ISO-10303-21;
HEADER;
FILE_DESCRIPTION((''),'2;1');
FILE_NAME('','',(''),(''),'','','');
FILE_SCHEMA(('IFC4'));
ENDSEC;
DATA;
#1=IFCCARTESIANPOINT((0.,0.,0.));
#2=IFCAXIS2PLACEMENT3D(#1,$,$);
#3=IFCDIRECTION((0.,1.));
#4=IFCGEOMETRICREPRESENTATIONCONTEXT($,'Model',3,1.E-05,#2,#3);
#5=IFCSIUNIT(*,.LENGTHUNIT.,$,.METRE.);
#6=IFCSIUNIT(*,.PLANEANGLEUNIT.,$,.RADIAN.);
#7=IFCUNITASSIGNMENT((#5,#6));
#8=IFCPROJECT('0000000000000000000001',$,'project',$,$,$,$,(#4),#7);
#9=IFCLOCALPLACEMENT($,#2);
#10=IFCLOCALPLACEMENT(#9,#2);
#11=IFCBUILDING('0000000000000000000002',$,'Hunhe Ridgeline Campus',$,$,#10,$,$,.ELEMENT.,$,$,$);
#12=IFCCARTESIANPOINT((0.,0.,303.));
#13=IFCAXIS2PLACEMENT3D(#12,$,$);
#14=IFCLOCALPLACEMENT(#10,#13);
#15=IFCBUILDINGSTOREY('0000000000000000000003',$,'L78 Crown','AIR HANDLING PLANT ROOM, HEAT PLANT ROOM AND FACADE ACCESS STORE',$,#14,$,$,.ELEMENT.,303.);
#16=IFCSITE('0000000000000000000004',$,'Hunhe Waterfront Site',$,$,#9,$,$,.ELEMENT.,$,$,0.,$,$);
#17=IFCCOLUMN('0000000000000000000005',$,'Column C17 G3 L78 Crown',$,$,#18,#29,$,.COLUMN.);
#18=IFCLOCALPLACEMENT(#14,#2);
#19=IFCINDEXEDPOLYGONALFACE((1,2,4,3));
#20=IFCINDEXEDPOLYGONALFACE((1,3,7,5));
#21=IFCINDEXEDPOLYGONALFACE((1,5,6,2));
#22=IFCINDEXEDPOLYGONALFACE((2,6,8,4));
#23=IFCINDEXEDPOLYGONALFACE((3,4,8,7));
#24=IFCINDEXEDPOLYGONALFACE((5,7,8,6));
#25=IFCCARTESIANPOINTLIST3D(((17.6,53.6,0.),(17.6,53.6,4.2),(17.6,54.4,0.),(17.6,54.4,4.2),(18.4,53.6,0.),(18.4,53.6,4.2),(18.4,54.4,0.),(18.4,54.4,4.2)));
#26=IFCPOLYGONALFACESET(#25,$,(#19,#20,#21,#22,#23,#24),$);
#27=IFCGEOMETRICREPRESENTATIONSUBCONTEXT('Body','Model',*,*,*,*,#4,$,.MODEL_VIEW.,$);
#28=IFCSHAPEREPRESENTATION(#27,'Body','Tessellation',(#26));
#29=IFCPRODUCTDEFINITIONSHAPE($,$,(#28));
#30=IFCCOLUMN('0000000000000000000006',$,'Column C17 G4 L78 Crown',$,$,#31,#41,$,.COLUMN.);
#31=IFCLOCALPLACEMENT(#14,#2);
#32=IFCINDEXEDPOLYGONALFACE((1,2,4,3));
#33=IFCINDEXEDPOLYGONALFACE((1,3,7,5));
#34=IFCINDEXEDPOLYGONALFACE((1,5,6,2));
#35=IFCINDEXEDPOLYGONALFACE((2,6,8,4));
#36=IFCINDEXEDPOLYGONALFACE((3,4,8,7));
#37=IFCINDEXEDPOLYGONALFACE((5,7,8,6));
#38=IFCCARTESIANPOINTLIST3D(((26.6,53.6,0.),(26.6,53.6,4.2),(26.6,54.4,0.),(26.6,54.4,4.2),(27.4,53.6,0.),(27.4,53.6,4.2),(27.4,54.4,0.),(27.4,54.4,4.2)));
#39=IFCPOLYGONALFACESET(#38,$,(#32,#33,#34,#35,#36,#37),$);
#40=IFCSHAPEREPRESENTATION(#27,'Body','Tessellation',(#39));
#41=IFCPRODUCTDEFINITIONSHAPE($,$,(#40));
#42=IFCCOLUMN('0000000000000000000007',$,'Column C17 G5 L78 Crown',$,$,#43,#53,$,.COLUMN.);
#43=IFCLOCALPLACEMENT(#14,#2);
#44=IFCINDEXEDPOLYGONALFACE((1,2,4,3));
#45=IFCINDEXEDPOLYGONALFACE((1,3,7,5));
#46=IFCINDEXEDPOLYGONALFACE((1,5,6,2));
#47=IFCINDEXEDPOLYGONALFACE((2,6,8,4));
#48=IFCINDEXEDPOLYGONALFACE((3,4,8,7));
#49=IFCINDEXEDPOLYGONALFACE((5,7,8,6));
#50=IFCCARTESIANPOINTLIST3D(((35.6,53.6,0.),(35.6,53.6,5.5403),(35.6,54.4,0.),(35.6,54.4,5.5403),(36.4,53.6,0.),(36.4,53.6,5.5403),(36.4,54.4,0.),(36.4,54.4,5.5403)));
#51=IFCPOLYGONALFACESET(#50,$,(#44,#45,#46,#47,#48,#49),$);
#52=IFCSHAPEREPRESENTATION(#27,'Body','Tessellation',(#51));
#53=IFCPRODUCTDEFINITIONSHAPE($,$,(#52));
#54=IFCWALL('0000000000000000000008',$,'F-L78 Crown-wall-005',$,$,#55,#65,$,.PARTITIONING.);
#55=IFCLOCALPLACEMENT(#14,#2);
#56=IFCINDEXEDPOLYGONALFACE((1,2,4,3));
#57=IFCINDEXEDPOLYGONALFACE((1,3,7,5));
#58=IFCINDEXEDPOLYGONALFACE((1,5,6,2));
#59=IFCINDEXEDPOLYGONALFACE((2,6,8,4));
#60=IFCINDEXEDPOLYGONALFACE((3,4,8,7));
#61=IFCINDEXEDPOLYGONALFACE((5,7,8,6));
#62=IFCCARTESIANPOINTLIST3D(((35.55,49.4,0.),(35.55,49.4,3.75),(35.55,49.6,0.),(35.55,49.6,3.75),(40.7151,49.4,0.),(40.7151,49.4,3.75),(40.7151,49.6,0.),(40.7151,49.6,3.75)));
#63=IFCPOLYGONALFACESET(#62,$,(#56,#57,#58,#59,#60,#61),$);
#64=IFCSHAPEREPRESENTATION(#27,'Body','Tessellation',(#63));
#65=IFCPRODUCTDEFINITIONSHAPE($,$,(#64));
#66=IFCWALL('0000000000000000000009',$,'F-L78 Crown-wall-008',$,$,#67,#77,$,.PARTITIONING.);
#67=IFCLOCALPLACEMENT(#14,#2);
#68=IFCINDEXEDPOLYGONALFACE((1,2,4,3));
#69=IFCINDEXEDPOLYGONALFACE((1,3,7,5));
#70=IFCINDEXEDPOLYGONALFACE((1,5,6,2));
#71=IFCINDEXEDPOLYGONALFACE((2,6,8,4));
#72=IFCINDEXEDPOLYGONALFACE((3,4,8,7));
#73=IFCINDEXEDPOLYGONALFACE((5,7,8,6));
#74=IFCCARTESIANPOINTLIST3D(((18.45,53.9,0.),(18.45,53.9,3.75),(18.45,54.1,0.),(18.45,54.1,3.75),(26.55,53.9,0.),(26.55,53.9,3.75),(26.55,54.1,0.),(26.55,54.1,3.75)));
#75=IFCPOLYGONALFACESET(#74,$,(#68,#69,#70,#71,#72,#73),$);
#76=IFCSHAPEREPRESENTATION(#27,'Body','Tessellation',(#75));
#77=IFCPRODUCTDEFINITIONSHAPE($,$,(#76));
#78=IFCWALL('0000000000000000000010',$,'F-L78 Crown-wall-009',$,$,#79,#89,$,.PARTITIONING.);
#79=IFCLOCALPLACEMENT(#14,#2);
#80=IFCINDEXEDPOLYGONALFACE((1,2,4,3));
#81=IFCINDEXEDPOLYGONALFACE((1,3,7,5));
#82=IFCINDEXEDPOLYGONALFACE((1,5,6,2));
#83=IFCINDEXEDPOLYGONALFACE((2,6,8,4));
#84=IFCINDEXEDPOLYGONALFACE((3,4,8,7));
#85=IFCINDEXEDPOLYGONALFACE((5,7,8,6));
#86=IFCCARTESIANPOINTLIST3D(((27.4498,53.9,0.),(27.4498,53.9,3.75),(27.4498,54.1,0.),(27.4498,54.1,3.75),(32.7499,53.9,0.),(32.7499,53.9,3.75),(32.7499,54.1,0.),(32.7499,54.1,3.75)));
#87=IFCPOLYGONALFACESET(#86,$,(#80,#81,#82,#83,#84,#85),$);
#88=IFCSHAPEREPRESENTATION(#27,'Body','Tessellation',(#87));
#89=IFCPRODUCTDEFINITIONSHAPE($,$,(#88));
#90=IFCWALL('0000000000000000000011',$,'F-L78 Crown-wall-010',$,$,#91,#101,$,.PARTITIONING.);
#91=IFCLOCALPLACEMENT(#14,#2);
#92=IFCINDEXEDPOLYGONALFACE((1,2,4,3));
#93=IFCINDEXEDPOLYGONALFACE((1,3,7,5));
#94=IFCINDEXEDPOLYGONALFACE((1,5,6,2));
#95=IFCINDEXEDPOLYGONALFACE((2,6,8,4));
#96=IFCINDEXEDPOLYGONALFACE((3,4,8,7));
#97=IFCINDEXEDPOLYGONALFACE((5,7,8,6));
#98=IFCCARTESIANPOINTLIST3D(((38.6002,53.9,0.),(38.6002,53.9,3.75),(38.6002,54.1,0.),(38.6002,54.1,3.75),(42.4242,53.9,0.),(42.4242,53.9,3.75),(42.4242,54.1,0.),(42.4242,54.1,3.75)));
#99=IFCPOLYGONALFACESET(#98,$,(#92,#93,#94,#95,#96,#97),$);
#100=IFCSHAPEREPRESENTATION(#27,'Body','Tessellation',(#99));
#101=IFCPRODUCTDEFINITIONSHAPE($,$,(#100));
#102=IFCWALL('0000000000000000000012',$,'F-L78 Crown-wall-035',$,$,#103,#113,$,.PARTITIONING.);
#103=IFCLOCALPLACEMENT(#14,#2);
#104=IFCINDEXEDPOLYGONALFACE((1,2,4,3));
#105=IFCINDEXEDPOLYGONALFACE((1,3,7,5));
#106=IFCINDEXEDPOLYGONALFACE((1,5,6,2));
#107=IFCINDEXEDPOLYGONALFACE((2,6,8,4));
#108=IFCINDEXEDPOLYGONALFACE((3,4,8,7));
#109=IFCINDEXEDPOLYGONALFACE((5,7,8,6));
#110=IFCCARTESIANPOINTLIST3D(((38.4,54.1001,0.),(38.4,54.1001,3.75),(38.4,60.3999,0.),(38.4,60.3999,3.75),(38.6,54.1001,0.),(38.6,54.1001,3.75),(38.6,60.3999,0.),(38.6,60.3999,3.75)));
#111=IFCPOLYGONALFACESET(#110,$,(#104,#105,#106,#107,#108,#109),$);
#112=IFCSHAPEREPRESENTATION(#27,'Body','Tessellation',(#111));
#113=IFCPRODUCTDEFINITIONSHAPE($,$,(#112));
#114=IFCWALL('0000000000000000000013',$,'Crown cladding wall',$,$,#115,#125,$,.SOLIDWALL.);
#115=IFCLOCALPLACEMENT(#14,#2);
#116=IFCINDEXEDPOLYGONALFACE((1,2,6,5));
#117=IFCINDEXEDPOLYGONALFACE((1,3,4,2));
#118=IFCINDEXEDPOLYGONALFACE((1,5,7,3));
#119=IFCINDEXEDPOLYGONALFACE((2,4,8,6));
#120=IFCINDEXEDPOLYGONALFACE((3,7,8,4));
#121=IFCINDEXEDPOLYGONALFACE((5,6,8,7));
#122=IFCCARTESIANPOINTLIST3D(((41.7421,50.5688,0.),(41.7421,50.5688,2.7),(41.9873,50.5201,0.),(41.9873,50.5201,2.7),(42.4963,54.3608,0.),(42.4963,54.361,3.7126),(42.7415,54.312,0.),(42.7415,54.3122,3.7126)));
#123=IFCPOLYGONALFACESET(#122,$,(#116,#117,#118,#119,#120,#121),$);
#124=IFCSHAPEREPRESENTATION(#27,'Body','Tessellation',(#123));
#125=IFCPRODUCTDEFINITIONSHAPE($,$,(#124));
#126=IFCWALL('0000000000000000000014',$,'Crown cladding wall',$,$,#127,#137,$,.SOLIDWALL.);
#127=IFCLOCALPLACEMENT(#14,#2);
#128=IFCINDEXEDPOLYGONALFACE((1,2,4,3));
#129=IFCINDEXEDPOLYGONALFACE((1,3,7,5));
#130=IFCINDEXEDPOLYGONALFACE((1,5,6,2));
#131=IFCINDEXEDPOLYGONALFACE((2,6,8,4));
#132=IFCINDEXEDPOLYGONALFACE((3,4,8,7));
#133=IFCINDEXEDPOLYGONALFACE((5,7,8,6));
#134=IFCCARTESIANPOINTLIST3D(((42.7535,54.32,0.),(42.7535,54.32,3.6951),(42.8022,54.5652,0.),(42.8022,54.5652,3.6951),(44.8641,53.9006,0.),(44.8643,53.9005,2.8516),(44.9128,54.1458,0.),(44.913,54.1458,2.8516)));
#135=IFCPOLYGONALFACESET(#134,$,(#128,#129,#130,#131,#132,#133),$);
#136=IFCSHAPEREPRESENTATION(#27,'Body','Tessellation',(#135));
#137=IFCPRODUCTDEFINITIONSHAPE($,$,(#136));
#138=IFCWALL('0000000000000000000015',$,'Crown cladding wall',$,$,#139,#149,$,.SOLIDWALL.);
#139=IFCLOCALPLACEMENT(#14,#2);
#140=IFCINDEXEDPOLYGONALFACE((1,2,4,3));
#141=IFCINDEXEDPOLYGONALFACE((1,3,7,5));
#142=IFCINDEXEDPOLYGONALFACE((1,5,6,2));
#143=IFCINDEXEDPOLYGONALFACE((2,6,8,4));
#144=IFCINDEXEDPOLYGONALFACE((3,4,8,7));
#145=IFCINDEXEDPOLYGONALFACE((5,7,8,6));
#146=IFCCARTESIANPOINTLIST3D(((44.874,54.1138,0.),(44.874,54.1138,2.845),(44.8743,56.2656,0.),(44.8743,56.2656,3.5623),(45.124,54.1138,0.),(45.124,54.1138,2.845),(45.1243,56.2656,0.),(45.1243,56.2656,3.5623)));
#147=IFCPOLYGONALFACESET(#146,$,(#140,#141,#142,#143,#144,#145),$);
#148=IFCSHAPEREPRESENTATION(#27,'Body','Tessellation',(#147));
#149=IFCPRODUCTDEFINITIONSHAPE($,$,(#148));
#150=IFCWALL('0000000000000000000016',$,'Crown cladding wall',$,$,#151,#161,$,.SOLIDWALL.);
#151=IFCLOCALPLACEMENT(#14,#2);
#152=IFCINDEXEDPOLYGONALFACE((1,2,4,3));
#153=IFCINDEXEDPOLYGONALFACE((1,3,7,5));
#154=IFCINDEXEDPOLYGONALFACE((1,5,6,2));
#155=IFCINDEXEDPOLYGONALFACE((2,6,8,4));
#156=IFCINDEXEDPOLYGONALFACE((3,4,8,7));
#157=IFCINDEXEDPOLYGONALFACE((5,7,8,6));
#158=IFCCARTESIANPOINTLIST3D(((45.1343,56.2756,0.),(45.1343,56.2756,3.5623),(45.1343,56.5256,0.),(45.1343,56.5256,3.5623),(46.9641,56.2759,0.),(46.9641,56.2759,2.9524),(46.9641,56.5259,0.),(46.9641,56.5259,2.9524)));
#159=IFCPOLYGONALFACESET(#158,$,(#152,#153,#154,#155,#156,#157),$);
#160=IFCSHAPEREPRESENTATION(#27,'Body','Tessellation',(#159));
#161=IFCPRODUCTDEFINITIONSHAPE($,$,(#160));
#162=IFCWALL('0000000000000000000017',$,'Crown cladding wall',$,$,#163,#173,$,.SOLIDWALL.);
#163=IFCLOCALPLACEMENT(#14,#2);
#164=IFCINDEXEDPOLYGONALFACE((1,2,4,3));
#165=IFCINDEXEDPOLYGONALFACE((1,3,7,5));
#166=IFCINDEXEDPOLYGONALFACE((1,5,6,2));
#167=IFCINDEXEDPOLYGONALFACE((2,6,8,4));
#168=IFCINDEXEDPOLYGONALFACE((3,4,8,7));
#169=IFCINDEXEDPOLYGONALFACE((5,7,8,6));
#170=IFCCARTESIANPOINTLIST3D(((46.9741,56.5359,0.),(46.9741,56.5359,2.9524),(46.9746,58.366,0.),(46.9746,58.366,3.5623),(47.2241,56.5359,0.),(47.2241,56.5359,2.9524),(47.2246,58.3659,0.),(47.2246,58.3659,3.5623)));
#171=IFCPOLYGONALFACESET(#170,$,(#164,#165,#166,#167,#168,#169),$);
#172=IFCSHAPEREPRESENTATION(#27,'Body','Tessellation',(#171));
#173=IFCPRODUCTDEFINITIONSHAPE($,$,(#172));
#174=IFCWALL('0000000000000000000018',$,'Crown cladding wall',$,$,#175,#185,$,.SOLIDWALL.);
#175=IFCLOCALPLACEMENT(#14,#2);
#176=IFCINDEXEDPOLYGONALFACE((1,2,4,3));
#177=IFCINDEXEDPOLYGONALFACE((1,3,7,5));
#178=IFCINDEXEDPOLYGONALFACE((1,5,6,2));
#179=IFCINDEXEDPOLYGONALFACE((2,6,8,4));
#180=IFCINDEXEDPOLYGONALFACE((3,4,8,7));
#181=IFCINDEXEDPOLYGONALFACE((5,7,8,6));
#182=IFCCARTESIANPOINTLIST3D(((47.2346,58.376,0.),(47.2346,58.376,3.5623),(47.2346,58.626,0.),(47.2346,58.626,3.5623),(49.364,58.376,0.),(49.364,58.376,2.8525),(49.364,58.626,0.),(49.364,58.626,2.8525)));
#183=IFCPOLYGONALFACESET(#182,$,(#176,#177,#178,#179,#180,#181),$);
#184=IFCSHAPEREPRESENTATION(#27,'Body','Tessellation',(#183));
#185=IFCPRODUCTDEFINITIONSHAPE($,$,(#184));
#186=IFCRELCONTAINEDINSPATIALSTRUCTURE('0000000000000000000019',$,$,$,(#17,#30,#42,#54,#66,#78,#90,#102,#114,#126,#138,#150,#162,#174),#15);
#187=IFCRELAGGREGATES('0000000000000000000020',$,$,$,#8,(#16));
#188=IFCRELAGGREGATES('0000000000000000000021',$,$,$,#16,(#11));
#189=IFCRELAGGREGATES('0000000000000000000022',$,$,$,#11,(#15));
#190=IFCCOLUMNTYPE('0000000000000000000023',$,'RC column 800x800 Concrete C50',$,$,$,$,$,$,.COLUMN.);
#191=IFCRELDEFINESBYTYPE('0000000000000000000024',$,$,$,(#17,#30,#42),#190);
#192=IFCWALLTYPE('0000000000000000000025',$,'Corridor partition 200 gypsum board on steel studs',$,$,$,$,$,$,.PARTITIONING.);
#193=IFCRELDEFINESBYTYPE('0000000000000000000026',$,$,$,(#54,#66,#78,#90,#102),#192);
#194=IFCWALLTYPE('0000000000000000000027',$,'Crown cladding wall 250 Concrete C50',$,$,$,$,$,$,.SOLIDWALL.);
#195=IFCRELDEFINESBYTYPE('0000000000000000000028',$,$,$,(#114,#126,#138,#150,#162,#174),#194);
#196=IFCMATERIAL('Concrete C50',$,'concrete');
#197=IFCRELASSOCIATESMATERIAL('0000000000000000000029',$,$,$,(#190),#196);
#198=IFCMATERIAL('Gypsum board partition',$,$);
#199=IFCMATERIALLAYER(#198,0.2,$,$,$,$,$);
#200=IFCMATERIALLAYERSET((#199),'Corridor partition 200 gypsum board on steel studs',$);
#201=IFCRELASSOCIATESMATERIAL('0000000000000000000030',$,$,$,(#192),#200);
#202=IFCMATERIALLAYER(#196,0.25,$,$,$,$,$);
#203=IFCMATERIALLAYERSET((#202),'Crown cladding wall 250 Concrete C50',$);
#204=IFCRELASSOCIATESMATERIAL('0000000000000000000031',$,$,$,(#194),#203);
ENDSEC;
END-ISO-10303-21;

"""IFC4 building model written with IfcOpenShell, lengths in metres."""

from ifc_helpers import new_model, si_unit, direction, frame, frame_2d, origin, origin_2d, place, context, subcontext, project, spatial, polyline, rectangle, outline, extrude, material, layer, layer_set, material_profile, profile_set, type_object, element, save


model = new_model("IFC4")

# Units and contexts
model_context = context("Model", 3, precision=1e-05, world=origin(), true_north=direction((0.0, 1.0)))
body_context = subcontext(model_context, "Body", "Model", "MODEL_VIEW")
ifc_project = project(units=[si_unit("LENGTHUNIT", "METRE"), si_unit("PLANEANGLEUNIT", "RADIAN")], contexts=[model_context])

# Site, building, storey
site_placement = place(None, origin())
site = spatial("IfcSite", under=ifc_project, at=site_placement, Name="Hunhe Waterfront Site", CompositionType="ELEMENT", RefElevation=0.0)
building_placement = place(site_placement, origin())
building = spatial("IfcBuilding", under=site, at=building_placement, Name="Hunhe Ridgeline Campus", CompositionType="ELEMENT")
storey_placement = place(building_placement, frame((0.0, 0.0, 303.0)))
storey = spatial("IfcBuildingStorey", under=building, at=storey_placement, Name="L78 Crown", Description="AIR HANDLING PLANT ROOM, HEAT PLANT ROOM AND FACADE ACCESS STORE", CompositionType="ELEMENT", Elevation=303.0)

# Columns
ifc_material_1 = material(Name="Concrete C50", Category="concrete")
ifc_material_profile = material_profile(ifc_material_1, rectangle(XDim=0.8, YDim=0.8, at=origin_2d()))
ifc_profile_set = profile_set([ifc_material_profile], Name="Concrete C50")
column_type = type_object("IfcColumnType", Name="RC column 800x800 Concrete C50", PredefinedType="COLUMN", material=ifc_profile_set)
for number, where, z_axis, x_axis, name in (
    (1, (18.0, 54.0, 0.0), (0.0, 0.0, 1.0), (1.0, 0.0, 0.0), "Column C17 G3 L78 Crown"),
    (2, (27.0, 54.0, 0.0), (0.0, 0.0, 1.0), (1.0, 0.0, 0.0), "Column C17 G4 L78 Crown"),
):
    element("IfcColumn", number, at=place(storey_placement, frame(where, z_axis=z_axis, x_axis=x_axis)), inside=storey, type_object=column_type, Name=name, PredefinedType="COLUMN", context=body_context, shape_type="SweptSolid", body=[
        extrude(rectangle(XDim=0.8, YDim=0.8, at=origin_2d()), origin(), (0.0, 0.0, 1.0), 4.2),
    ])
column_placement = place(storey_placement, frame((36.0, 54.0, 0.0), z_axis=(0.0, 0.0, 1.0), x_axis=(1.0, 0.0, 0.0)))
element("IfcColumn", 3, at=column_placement, inside=storey, type_object=column_type, Name="Column C17 G5 L78 Crown", PredefinedType="COLUMN", context=body_context, shape_type="SweptSolid", body=[
    extrude(rectangle(XDim=0.8, YDim=0.8, at=origin_2d()), origin(), (0.0, 0.0, 1.0), 5.5403),
])

# Walls
ifc_material_2 = material(Name="Gypsum board partition")
ifc_layer_1 = layer(ifc_material_2, 0.2)
ifc_layer_set_1 = layer_set([ifc_layer_1], Name="Corridor partition 200 gypsum board on steel studs")
wall_type_1 = type_object("IfcWallType", Name="Corridor partition 200 gypsum board on steel studs", PredefinedType="PARTITIONING", material=ifc_layer_set_1)
wall_1_placement = place(storey_placement, frame((35.55, 49.5, 0.0), z_axis=(0.0, 0.0, 1.0), x_axis=(1.0, 0.0, 0.0)))
element("IfcWall", 4, at=wall_1_placement, inside=storey, type_object=wall_type_1, Name="F-L78 Crown-wall-005", PredefinedType="PARTITIONING", context=body_context, shape_type="SweptSolid", body=[
    extrude(rectangle(XDim=5.165, YDim=0.2, at=frame_2d((2.5825, 0.0))), origin(), (0.0, 0.0, 1.0), 3.75),
])
wall_2_placement = place(storey_placement, frame((18.45, 54.0, 0.0), z_axis=(0.0, 0.0, 1.0), x_axis=(1.0, 0.0, 0.0)))
element("IfcWall", 5, at=wall_2_placement, inside=storey, type_object=wall_type_1, Name="F-L78 Crown-wall-008", PredefinedType="PARTITIONING", context=body_context, shape_type="SweptSolid", body=[
    extrude(rectangle(XDim=8.1001, YDim=0.2, at=frame_2d((4.05, 0.0))), origin(), (0.0, 0.0, 1.0), 3.75),
])
wall_3_placement = place(storey_placement, frame((27.45, 54.0, 0.0), z_axis=(0.0, 0.0, 1.0), x_axis=(1.0, 0.0, 0.0)))
element("IfcWall", 6, at=wall_3_placement, inside=storey, type_object=wall_type_1, Name="F-L78 Crown-wall-009", PredefinedType="PARTITIONING", context=body_context, shape_type="SweptSolid", body=[
    extrude(rectangle(XDim=5.3, YDim=0.2, at=frame_2d((2.6499, 0.0))), origin(), (0.0, 0.0, 1.0), 3.75),
])
wall_4_placement = place(storey_placement, frame((38.6001, 54.0, 0.0), z_axis=(0.0, 0.0, 1.0), x_axis=(1.0, 0.0, 0.0)))
element("IfcWall", 7, at=wall_4_placement, inside=storey, type_object=wall_type_1, Name="F-L78 Crown-wall-010", PredefinedType="PARTITIONING", context=body_context, shape_type="SweptSolid", body=[
    extrude(rectangle(XDim=3.824, YDim=0.2, at=frame_2d((1.9121, 0.0))), origin(), (0.0, 0.0, 1.0), 3.75),
])

# Walls
wall_5_placement = place(storey_placement, frame((38.5, 60.3999, 0.0), z_axis=(0.0, 0.0, 1.0), x_axis=(0.0, -1.0, 0.0)))
element("IfcWall", 8, at=wall_5_placement, inside=storey, type_object=wall_type_1, Name="F-L78 Crown-wall-035", PredefinedType="PARTITIONING", context=body_context, shape_type="SweptSolid", body=[
    extrude(rectangle(XDim=6.2998, YDim=0.2, at=frame_2d((3.1499, 0.0))), origin(), (0.0, 0.0, 1.0), 3.75),
])
ifc_layer_2 = layer(ifc_material_1, 0.25)
ifc_layer_set_2 = layer_set([ifc_layer_2], Name="Crown cladding wall 250 Concrete C50")
wall_type_2 = type_object("IfcWallType", Name="Crown cladding wall 250 Concrete C50", PredefinedType="SOLIDWALL", material=ifc_layer_set_2)
wall_6_placement = place(storey_placement, frame((41.8647, 50.5444, 0.0), z_axis=(0.0, 0.0, 1.0), x_axis=(0.19506, 0.980791, 0.0)))
element("IfcWall", 9, at=wall_6_placement, inside=storey, type_object=wall_type_2, Name="Crown cladding wall", PredefinedType="SOLIDWALL", context=body_context, shape_type="SweptSolid", body=[
    extrude(outline(polyline([(0.0, 0.0), (3.8662, 0.0), (3.8665, 3.7126), (0.0, 2.7), (0.0, 0.0)])), frame((0.0, 0.125, 0.0), z_axis=(0.0, -1.0, 0.0), x_axis=(1.0, 0.0, 0.0)), (0.0, 0.0, 1.0), 0.25),
])
wall_7_placement = place(storey_placement, frame((42.7778, 54.4426, 0.0), z_axis=(0.0, 0.0, 1.0), x_axis=(0.98082, -0.194916, 0.0)))
element("IfcWall", 10, at=wall_7_placement, inside=storey, type_object=wall_type_2, Name="Crown cladding wall", PredefinedType="SOLIDWALL", context=body_context, shape_type="SweptSolid", body=[
    extrude(outline(polyline([(0.0, 0.0), (2.1519, 0.0), (2.1521, 2.8516), (0.0, 3.6951), (0.0, 0.0)])), frame((0.0, 0.125, 0.0), z_axis=(0.0, -1.0, 0.0), x_axis=(1.0, 0.0, 0.0)), (0.0, 0.0, 1.0), 0.25),
])
wall_8_placement = place(storey_placement, frame((44.999, 54.1138, 0.0), z_axis=(0.0, 0.0, 1.0), x_axis=(0.000113, 1.0, 0.0)))
element("IfcWall", 11, at=wall_8_placement, inside=storey, type_object=wall_type_2, Name="Crown cladding wall", PredefinedType="SOLIDWALL", context=body_context, shape_type="SweptSolid", body=[
    extrude(outline(polyline([(0.0, 0.0), (2.1519, 0.0), (2.1519, 3.5623), (0.0, 2.845), (0.0, 0.0)])), frame((0.0, 0.125, 0.0), z_axis=(0.0, -1.0, 0.0), x_axis=(1.0, 0.0, 0.0)), (0.0, 0.0, 1.0), 0.25),
])
wall_9_placement = place(storey_placement, frame((45.1343, 56.4006, 0.0), z_axis=(0.0, 0.0, 1.0), x_axis=(1.0, 0.000133, 0.0)))
element("IfcWall", 12, at=wall_9_placement, inside=storey, type_object=wall_type_2, Name="Crown cladding wall", PredefinedType="SOLIDWALL", context=body_context, shape_type="SweptSolid", body=[
    extrude(outline(polyline([(0.0, 0.0), (1.8298, 0.0), (1.8298, 2.9524), (0.0, 3.5623), (0.0, 0.0)])), frame((0.0, 0.125, 0.0), z_axis=(0.0, -1.0, 0.0), x_axis=(1.0, 0.0, 0.0)), (0.0, 0.0, 1.0), 0.25),
])
wall_10_placement = place(storey_placement, frame((47.0991, 56.5359, 0.0), z_axis=(0.0, 0.0, 1.0), x_axis=(0.000267, 1.0, 0.0)))
element("IfcWall", 13, at=wall_10_placement, inside=storey, type_object=wall_type_2, Name="Crown cladding wall", PredefinedType="SOLIDWALL", context=body_context, shape_type="SweptSolid", body=[
    extrude(outline(polyline([(0.0, 0.0), (1.8301, 0.0), (1.8301, 3.5623), (0.0, 2.9524), (0.0, 0.0)])), frame((0.0, 0.125, 0.0), z_axis=(0.0, -1.0, 0.0), x_axis=(1.0, 0.0, 0.0)), (0.0, 0.0, 1.0), 0.25),
])
wall_11_placement = place(storey_placement, frame((47.2346, 58.501, 0.0), z_axis=(0.0, 0.0, 1.0), x_axis=(1.0, 0.0, 0.0)))
element("IfcWall", 14, at=wall_11_placement, inside=storey, type_object=wall_type_2, Name="Crown cladding wall", PredefinedType="SOLIDWALL", context=body_context, shape_type="SweptSolid", body=[
    extrude(outline(polyline([(0.0, 0.0), (2.1294, 0.0), (2.1294, 2.8525), (0.0, 3.5623), (0.0, 0.0)])), frame((0.0, 0.125, 0.0), z_axis=(0.0, -1.0, 0.0), x_axis=(1.0, 0.0, 0.0)), (0.0, 0.0, 1.0), 0.25),
])

save(model, "model.ifc")
